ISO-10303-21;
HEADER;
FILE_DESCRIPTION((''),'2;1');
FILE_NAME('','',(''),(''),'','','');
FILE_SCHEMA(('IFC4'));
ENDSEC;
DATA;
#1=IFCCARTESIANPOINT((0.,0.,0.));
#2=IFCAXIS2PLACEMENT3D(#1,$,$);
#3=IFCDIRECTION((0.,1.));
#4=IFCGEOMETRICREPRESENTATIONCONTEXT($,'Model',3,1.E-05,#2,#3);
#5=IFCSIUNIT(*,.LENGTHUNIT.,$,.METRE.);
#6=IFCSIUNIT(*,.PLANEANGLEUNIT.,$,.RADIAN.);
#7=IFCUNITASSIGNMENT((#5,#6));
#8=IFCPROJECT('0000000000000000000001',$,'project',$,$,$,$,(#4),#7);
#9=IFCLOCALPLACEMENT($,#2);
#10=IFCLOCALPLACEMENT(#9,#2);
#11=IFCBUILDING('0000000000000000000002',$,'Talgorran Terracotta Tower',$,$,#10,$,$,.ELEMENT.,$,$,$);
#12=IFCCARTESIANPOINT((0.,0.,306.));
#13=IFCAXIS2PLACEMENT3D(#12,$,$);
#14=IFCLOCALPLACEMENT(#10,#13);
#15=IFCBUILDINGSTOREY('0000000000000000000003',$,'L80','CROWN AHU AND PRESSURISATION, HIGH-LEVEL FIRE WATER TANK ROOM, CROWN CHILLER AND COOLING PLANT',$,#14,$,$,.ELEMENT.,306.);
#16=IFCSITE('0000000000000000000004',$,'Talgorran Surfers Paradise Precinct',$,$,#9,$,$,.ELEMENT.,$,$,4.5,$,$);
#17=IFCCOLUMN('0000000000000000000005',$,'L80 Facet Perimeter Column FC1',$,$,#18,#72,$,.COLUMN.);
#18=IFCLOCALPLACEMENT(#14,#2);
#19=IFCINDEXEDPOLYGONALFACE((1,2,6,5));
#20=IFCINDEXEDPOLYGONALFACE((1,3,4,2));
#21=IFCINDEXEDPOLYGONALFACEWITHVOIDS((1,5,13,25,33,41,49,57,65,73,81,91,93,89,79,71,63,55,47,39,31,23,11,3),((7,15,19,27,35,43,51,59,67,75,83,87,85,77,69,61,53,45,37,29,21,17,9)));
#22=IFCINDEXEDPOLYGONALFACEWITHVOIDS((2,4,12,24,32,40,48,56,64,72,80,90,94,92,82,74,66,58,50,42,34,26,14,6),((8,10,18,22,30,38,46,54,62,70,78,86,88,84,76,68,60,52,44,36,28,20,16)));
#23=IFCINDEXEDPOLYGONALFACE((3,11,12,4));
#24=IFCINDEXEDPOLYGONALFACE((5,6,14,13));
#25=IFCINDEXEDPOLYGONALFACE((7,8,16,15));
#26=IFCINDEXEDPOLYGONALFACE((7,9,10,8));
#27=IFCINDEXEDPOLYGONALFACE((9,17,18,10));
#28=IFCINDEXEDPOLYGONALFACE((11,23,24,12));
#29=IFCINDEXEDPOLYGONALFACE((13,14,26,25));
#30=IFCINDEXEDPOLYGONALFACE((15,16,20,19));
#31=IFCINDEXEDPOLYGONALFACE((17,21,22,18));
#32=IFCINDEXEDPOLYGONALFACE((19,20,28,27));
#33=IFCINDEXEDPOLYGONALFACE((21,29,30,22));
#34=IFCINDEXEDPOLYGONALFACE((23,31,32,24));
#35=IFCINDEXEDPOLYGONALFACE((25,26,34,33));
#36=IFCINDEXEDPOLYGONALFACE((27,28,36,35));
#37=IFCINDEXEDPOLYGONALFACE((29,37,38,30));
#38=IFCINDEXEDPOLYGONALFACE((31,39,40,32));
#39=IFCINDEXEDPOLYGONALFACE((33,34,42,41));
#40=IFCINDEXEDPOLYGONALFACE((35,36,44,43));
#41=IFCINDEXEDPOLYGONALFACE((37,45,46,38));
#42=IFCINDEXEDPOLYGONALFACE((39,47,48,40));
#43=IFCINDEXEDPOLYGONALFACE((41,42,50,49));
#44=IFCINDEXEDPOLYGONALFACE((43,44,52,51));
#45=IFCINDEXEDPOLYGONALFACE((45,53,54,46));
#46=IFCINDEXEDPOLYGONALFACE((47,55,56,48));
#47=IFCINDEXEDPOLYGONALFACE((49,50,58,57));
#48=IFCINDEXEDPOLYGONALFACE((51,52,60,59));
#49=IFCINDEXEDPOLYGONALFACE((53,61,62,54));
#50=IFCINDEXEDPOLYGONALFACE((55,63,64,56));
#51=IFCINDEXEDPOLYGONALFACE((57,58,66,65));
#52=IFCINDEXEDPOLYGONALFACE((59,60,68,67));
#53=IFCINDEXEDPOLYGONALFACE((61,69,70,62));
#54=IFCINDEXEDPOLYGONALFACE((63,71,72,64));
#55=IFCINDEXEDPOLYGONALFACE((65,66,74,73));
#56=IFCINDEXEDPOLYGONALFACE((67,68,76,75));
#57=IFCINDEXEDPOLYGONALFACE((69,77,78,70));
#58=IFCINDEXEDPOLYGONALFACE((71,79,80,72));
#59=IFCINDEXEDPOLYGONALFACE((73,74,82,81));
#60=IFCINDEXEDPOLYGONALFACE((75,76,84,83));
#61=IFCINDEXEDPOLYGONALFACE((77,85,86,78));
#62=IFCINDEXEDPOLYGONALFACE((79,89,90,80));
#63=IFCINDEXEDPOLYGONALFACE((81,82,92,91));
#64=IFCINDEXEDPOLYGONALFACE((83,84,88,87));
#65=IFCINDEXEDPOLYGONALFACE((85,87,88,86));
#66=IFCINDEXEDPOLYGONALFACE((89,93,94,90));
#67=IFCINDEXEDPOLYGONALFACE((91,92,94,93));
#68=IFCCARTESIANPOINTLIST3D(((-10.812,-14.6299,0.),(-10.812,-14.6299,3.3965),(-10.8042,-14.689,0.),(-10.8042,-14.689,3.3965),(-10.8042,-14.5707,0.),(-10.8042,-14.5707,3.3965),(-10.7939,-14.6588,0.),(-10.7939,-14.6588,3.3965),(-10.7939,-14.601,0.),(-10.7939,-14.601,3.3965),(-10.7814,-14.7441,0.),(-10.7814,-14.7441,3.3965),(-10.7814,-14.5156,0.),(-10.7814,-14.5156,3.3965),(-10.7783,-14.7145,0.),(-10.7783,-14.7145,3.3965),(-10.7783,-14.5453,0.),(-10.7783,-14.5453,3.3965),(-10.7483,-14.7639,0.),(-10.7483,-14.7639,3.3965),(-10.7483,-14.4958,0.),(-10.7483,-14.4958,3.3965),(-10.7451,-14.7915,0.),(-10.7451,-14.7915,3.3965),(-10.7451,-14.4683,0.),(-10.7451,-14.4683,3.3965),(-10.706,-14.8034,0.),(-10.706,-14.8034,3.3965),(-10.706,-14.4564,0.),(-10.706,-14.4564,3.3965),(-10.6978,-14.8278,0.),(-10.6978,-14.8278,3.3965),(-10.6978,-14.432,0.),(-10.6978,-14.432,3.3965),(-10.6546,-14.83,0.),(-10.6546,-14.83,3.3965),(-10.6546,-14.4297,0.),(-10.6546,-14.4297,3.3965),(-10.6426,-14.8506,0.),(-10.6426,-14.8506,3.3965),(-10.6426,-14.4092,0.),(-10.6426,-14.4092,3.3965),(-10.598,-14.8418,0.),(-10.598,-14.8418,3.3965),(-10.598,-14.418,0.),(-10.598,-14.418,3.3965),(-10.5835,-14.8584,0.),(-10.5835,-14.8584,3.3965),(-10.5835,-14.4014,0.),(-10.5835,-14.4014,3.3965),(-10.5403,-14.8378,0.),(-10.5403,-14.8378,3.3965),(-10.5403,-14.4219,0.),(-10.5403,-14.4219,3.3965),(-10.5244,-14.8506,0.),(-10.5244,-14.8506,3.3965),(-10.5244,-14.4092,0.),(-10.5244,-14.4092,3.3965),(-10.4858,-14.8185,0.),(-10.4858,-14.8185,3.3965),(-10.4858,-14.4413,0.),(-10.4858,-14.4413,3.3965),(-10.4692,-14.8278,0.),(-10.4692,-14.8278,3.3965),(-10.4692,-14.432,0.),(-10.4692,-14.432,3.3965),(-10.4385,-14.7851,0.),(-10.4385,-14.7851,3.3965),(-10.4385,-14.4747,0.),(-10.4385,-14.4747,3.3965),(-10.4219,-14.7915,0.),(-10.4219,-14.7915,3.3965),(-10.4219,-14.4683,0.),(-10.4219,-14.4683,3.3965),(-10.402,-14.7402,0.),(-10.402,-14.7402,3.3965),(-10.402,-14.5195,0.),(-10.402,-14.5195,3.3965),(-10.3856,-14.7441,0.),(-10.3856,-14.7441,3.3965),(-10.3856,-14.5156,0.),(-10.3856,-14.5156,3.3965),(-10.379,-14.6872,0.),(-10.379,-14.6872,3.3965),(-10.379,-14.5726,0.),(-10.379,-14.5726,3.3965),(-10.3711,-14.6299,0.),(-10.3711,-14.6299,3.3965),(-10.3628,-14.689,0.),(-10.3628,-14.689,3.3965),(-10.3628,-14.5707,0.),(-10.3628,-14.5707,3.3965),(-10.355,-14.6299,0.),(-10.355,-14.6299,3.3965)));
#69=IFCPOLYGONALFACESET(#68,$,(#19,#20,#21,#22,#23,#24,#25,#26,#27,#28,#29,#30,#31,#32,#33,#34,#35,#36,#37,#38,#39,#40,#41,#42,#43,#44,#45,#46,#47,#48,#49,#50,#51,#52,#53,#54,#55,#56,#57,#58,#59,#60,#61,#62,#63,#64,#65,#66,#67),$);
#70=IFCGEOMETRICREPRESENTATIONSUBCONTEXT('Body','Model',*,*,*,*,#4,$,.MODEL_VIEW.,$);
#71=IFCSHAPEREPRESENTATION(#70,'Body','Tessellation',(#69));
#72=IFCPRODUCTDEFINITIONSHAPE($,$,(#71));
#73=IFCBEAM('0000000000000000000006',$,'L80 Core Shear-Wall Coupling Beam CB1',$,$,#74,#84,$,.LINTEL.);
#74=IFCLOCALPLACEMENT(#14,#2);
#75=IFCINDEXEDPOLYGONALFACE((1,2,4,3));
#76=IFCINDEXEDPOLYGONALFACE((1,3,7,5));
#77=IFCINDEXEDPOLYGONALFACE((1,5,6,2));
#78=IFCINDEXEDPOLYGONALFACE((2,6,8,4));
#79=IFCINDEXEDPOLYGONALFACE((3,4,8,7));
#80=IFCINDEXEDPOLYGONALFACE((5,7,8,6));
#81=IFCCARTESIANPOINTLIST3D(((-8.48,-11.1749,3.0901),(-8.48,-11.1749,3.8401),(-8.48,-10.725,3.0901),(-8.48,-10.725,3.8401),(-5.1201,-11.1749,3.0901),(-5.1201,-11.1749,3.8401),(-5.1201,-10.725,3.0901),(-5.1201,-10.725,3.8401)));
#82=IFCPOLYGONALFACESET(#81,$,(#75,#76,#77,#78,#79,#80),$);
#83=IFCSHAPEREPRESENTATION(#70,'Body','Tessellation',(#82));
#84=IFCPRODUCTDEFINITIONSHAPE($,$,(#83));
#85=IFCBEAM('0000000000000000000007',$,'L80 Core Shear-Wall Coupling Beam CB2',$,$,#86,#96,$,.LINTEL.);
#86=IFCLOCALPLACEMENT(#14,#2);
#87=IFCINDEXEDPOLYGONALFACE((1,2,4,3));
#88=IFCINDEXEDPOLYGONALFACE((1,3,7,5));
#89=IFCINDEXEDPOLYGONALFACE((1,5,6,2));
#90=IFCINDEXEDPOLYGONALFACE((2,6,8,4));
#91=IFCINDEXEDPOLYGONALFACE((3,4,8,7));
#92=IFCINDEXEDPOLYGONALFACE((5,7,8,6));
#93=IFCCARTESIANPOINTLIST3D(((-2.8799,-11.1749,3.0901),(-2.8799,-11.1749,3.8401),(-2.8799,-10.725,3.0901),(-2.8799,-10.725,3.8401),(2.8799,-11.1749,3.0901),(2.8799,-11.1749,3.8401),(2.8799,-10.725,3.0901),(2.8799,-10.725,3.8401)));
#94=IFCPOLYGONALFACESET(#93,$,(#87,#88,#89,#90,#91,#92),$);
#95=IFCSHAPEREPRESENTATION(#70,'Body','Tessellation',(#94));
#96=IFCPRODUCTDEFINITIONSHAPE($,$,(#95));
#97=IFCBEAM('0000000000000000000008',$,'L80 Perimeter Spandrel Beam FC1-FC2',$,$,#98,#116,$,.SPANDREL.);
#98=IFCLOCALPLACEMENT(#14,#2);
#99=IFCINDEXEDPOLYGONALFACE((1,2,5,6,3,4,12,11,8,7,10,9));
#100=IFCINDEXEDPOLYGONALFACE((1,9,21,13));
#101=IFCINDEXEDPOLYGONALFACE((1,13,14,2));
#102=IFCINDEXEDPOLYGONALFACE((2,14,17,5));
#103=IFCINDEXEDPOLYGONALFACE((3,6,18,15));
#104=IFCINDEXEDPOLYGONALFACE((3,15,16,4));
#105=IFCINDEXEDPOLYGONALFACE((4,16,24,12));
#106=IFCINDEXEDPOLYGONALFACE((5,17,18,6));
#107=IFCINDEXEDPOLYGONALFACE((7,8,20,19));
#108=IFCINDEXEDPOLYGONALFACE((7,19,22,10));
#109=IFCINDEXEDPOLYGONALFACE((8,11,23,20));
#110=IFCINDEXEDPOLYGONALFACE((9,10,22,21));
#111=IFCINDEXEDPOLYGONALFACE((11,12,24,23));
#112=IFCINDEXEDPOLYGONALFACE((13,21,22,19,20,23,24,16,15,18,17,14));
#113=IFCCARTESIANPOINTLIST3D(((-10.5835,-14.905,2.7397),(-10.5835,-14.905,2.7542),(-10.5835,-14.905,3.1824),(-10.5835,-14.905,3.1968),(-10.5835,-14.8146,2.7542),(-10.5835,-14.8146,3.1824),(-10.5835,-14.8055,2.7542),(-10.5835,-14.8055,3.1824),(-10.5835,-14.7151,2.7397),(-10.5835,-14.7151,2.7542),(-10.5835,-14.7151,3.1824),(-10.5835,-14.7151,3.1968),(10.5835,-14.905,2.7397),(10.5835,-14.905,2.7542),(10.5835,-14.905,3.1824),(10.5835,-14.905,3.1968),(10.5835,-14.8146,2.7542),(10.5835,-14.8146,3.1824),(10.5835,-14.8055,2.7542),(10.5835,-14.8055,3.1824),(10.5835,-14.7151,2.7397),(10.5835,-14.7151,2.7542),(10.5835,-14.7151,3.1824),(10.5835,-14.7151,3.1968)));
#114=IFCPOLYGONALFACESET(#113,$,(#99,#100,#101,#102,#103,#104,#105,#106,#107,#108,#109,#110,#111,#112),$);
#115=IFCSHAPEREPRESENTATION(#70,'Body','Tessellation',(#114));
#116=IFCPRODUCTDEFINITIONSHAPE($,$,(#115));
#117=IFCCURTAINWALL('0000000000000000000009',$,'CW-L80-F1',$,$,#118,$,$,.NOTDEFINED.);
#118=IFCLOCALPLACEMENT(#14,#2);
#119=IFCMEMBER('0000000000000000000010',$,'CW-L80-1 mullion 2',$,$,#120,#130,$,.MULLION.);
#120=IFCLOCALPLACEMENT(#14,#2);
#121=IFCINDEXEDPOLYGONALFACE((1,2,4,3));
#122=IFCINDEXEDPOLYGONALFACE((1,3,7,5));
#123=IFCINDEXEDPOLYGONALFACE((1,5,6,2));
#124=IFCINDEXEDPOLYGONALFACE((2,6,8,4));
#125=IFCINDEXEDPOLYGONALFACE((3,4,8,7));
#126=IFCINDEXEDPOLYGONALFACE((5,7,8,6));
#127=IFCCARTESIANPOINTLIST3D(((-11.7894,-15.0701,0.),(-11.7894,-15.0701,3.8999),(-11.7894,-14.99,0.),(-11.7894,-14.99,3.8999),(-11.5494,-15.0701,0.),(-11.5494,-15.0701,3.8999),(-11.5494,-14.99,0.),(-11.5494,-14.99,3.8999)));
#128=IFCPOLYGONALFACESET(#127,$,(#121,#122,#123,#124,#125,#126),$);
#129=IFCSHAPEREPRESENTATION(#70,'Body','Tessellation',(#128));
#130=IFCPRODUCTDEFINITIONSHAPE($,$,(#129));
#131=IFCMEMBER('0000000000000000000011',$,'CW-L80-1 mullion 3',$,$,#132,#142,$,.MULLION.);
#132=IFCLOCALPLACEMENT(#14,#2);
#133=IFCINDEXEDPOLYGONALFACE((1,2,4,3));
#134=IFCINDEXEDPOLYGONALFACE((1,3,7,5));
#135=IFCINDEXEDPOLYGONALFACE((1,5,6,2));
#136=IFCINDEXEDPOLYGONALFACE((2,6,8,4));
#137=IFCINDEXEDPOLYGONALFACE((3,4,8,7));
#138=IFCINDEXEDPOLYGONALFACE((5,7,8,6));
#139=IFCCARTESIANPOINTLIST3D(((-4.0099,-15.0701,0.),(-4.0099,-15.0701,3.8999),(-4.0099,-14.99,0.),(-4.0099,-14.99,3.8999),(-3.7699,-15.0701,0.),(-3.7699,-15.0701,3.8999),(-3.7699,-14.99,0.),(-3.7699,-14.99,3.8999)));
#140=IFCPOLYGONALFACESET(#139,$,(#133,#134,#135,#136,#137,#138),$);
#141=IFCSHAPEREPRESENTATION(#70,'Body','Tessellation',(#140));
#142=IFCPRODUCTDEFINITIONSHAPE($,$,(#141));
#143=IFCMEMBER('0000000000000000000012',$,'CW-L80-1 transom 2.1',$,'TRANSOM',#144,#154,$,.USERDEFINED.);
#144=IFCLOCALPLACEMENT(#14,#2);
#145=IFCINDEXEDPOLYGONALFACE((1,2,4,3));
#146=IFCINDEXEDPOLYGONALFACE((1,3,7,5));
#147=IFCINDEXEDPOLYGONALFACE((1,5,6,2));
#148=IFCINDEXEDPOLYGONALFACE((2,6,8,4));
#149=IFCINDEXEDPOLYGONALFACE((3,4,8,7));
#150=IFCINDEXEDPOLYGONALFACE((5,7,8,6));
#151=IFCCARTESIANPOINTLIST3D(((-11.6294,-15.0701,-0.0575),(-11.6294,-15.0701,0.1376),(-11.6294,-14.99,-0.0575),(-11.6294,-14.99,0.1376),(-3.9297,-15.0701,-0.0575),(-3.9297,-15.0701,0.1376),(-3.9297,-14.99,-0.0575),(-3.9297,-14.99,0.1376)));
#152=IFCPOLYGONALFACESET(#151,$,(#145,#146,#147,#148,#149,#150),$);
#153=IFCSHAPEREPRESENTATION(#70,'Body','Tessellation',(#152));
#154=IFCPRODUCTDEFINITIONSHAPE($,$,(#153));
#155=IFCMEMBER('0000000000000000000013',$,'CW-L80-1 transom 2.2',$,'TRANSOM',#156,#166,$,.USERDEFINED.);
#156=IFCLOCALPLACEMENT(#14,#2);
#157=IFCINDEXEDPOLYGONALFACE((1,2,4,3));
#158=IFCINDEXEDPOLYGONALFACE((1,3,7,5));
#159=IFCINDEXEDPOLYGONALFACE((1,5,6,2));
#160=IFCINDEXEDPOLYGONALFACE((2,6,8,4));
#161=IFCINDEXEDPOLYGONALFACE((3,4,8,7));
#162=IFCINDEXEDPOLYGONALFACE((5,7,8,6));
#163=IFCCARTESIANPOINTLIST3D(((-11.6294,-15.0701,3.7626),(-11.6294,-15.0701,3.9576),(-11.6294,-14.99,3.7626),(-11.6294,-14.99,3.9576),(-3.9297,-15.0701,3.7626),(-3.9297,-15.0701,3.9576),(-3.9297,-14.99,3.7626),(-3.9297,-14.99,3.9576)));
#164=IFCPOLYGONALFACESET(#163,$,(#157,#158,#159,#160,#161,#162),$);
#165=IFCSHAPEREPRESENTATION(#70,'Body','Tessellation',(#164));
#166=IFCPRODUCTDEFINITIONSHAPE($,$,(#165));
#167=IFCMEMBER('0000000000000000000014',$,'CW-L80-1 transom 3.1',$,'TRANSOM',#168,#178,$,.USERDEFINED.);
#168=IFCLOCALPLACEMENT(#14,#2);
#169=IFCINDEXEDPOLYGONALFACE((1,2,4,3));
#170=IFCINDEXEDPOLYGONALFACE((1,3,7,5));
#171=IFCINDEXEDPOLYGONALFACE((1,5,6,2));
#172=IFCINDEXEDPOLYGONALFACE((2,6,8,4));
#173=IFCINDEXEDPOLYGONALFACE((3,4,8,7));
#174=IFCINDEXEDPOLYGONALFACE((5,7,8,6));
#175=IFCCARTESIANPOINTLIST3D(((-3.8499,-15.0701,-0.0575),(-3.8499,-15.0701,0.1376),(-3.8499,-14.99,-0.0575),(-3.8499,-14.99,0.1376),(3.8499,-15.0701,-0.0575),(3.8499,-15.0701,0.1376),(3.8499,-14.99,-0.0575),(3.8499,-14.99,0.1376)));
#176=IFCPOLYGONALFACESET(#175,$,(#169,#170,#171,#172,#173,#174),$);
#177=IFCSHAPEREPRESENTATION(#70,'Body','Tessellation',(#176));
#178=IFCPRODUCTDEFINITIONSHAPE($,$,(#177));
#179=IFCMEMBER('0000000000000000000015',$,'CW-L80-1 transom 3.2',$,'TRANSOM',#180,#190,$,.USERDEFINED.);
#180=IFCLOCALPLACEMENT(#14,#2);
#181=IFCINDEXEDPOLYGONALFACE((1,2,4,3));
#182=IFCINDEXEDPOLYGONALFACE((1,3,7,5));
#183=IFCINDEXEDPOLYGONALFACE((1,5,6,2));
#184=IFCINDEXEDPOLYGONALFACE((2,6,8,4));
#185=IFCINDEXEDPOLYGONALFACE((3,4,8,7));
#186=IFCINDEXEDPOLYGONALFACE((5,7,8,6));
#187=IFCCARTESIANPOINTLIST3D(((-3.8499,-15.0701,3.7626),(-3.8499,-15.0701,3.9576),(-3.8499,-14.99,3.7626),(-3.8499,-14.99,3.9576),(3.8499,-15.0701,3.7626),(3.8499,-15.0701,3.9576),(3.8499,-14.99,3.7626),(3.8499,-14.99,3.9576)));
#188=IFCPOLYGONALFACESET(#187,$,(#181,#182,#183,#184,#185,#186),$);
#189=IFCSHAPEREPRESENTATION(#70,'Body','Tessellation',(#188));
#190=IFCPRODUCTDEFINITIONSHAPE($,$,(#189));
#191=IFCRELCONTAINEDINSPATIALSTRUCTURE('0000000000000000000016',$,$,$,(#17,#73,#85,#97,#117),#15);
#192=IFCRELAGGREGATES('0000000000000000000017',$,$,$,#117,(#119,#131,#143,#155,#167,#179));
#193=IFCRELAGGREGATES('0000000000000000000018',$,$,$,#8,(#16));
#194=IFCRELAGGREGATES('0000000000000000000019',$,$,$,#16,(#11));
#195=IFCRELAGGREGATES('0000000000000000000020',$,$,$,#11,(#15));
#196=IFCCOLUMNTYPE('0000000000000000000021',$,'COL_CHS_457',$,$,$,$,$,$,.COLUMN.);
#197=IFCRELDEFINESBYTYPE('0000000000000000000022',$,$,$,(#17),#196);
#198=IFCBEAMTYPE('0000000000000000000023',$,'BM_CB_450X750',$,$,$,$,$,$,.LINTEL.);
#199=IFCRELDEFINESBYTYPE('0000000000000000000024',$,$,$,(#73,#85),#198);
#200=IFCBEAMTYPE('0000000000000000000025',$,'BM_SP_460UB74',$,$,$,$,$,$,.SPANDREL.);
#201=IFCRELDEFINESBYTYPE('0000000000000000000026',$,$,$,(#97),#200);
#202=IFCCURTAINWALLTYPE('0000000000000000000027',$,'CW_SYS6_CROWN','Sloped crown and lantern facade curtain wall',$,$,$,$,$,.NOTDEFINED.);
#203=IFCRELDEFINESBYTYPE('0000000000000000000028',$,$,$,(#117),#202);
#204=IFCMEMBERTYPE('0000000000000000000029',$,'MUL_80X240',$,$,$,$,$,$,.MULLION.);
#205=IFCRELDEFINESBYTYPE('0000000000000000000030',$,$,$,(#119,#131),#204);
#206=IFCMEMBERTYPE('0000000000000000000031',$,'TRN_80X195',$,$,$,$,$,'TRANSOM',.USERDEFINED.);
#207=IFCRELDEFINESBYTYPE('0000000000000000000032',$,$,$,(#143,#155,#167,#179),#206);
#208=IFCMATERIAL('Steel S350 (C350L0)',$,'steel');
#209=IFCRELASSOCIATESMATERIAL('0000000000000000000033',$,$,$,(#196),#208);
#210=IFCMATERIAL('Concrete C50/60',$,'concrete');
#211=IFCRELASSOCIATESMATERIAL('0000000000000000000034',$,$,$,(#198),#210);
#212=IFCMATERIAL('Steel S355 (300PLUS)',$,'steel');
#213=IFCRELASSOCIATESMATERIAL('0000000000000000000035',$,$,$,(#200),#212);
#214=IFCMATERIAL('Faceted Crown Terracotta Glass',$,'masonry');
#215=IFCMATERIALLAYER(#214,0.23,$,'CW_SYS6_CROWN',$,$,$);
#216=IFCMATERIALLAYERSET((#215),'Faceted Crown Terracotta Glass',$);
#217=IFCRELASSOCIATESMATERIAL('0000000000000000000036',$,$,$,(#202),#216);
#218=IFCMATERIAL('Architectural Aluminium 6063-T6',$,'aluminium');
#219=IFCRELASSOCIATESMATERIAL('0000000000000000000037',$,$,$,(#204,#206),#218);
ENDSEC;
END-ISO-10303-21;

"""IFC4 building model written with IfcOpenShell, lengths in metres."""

from ifc_helpers import new_model, si_unit, direction, frame, origin, origin_2d, place, context, subcontext, project, spatial, rectangle, hollow_circle, i_section, extrude, material, layer, layer_set, material_profile, profile_set, type_object, element, aggregate, save


model = new_model("IFC4")

# Units and contexts
model_context = context("Model", 3, precision=1e-05, world=origin(), true_north=direction((0.0, 1.0)))
body_context = subcontext(model_context, "Body", "Model", "MODEL_VIEW")
ifc_project = project(units=[si_unit("LENGTHUNIT", "METRE"), si_unit("PLANEANGLEUNIT", "RADIAN")], contexts=[model_context])

# Site, building, storey
site_placement = place(None, origin())
site = spatial("IfcSite", under=ifc_project, at=site_placement, Name="Talgorran Surfers Paradise Precinct", CompositionType="ELEMENT", RefElevation=4.5)
building_placement = place(site_placement, origin())
building = spatial("IfcBuilding", under=site, at=building_placement, Name="Talgorran Terracotta Tower", CompositionType="ELEMENT")
storey_placement = place(building_placement, frame((0.0, 0.0, 306.0)))
storey = spatial("IfcBuildingStorey", under=building, at=storey_placement, Name="L80", Description="CROWN AHU AND PRESSURISATION, HIGH-LEVEL FIRE WATER TANK ROOM, CROWN CHILLER AND COOLING PLANT", CompositionType="ELEMENT", Elevation=306.0)

# Column
ifc_material_1 = material(Name="Steel S350 (C350L0)", Category="steel")
ifc_material_profile_1 = material_profile(ifc_material_1, hollow_circle(Radius=0.2285, WallThickness=0.0161, at=origin_2d()), Name="CHS457X16")
ifc_profile_set_1 = profile_set([ifc_material_profile_1], Name="Steel S350 (C350L0)")
column_type = type_object("IfcColumnType", Name="COL_CHS_457", PredefinedType="COLUMN", material=ifc_profile_set_1)
column_placement = place(storey_placement, frame((-10.5835, -14.6299, 0.0), z_axis=(0.0, 0.0, 1.0), x_axis=(1.0, 0.0, 0.0)))
element("IfcColumn", 1, at=column_placement, inside=storey, type_object=column_type, Name="L80 Facet Perimeter Column FC1", PredefinedType="COLUMN", context=body_context, shape_type="SweptSolid", body=[
    extrude(hollow_circle(Radius=0.2285, WallThickness=0.0161, at=origin_2d()), origin(), (0.0, 0.0, 1.0), 3.3965),
])

# Beams
ifc_material_2 = material(Name="Concrete C50/60", Category="concrete")
ifc_material_profile_2 = material_profile(ifc_material_2, rectangle(XDim=0.45, YDim=0.75, at=origin_2d()), Name="RCCB450X750")
ifc_profile_set_2 = profile_set([ifc_material_profile_2], Name="Concrete C50/60")
beam_type_1 = type_object("IfcBeamType", Name="BM_CB_450X750", PredefinedType="LINTEL", material=ifc_profile_set_2)
beam_1_placement = place(storey_placement, frame((-8.48, -10.95, 3.4651), z_axis=(1.0, 0.0, 0.0), x_axis=(0.0, 1.0, 0.0)))
element("IfcBeam", 2, at=beam_1_placement, inside=storey, type_object=beam_type_1, Name="L80 Core Shear-Wall Coupling Beam CB1", PredefinedType="LINTEL", context=body_context, shape_type="SweptSolid", body=[
    extrude(rectangle(XDim=0.45, YDim=0.75, at=origin_2d()), origin(), (0.0, 0.0, 1.0), 3.3599),
])
beam_2_placement = place(storey_placement, frame((-2.8799, -10.95, 3.4651), z_axis=(1.0, 0.0, 0.0), x_axis=(0.0, 1.0, 0.0)))
element("IfcBeam", 3, at=beam_2_placement, inside=storey, type_object=beam_type_1, Name="L80 Core Shear-Wall Coupling Beam CB2", PredefinedType="LINTEL", context=body_context, shape_type="SweptSolid", body=[
    extrude(rectangle(XDim=0.45, YDim=0.75, at=origin_2d()), origin(), (0.0, 0.0, 1.0), 5.7598),
])
ifc_material_3 = material(Name="Steel S355 (300PLUS)", Category="steel")
ifc_material_profile_3 = material_profile(ifc_material_3, i_section(OverallWidth=0.1899, OverallDepth=0.457, WebThickness=0.009, FlangeThickness=0.0144, at=origin_2d()), Name="460UB74.6")
ifc_profile_set_3 = profile_set([ifc_material_profile_3], Name="Steel S355 (300PLUS)")
beam_type_2 = type_object("IfcBeamType", Name="BM_SP_460UB74", PredefinedType="SPANDREL", material=ifc_profile_set_3)
beam_3_placement = place(storey_placement, frame((-10.5835, -14.8101, 2.9683), z_axis=(1.0, 0.0, 0.0), x_axis=(0.0, 1.0, 0.0)))
element("IfcBeam", 4, at=beam_3_placement, inside=storey, type_object=beam_type_2, Name="L80 Perimeter Spandrel Beam FC1-FC2", PredefinedType="SPANDREL", context=body_context, shape_type="SweptSolid", body=[
    extrude(i_section(OverallWidth=0.1899, OverallDepth=0.457, WebThickness=0.009, FlangeThickness=0.0144, at=origin_2d()), origin(), (0.0, 0.0, 1.0), 21.167),
])

# Curtain wall, members
ifc_material_4 = material(Name="Faceted Crown Terracotta Glass", Category="masonry")
ifc_layer_1 = layer(ifc_material_4, 0.23, Name="CW_SYS6_CROWN")
ifc_layer_set_1 = layer_set([ifc_layer_1], Name="Faceted Crown Terracotta Glass")
curtain_wall_type = type_object("IfcCurtainWallType", Name="CW_SYS6_CROWN", Description="Sloped crown and lantern facade curtain wall", PredefinedType="NOTDEFINED", material=ifc_layer_set_1)
curtain_wall_placement = place(storey_placement, origin())
curtain_wall = element("IfcCurtainWall", 5, at=curtain_wall_placement, inside=storey, type_object=curtain_wall_type, Name="CW-L80-F1", PredefinedType="NOTDEFINED")
ifc_material_5 = material(Name="Architectural Aluminium 6063-T6", Category="aluminium")
ifc_material_profile_4 = material_profile(ifc_material_5, rectangle(XDim=0.0801, YDim=0.24, at=origin_2d()), Name="CWM80X240")
ifc_profile_set_4 = profile_set([ifc_material_profile_4], Name="Architectural Aluminium 6063-T6")
member_type_1 = type_object("IfcMemberType", Name="MUL_80X240", PredefinedType="MULLION", material=ifc_profile_set_4)
member_1_placement = place(storey_placement, frame((-11.6694, -15.03, 0.0), z_axis=(0.0, 0.0, 1.0), x_axis=(0.0, 1.0, 0.0)))
member_1 = element("IfcMember", 6, at=member_1_placement, type_object=member_type_1, Name="CW-L80-1 mullion 2", PredefinedType="MULLION", context=body_context, shape_type="SweptSolid", body=[
    extrude(rectangle(XDim=0.0801, YDim=0.24, at=origin_2d()), origin(), (0.0, 0.0, 1.0), 3.8999),
])
member_2_placement = place(storey_placement, frame((-3.8899, -15.03, 0.0), z_axis=(0.0, 0.0, 1.0), x_axis=(0.0, 1.0, 0.0)))
member_2 = element("IfcMember", 7, at=member_2_placement, type_object=member_type_1, Name="CW-L80-1 mullion 3", PredefinedType="MULLION", context=body_context, shape_type="SweptSolid", body=[
    extrude(rectangle(XDim=0.0801, YDim=0.24, at=origin_2d()), origin(), (0.0, 0.0, 1.0), 3.8999),
])
ifc_material_profile_5 = material_profile(ifc_material_5, rectangle(XDim=0.0801, YDim=0.1951, at=origin_2d()), Name="CWT80X195")
ifc_profile_set_5 = profile_set([ifc_material_profile_5], Name="Architectural Aluminium 6063-T6")
member_type_2 = type_object("IfcMemberType", Name="TRN_80X195", ElementType="TRANSOM", PredefinedType="USERDEFINED", material=ifc_profile_set_5)
member_3_placement = place(storey_placement, frame((-11.6294, -15.03, 0.04), z_axis=(1.0, 0.0, 0.0), x_axis=(0.0, 1.0, 0.0)))
member_3 = element("IfcMember", 8, at=member_3_placement, type_object=member_type_2, Name="CW-L80-1 transom 2.1", ObjectType="TRANSOM", PredefinedType="USERDEFINED", context=body_context, shape_type="SweptSolid", body=[
    extrude(rectangle(XDim=0.0801, YDim=0.1951, at=origin_2d()), origin(), (0.0, 0.0, 1.0), 7.6997),
])
member_4_placement = place(storey_placement, frame((-11.6294, -15.03, 3.8601), z_axis=(1.0, 0.0, 0.0), x_axis=(0.0, 1.0, 0.0)))
member_4 = element("IfcMember", 9, at=member_4_placement, type_object=member_type_2, Name="CW-L80-1 transom 2.2", ObjectType="TRANSOM", PredefinedType="USERDEFINED", context=body_context, shape_type="SweptSolid", body=[
    extrude(rectangle(XDim=0.0801, YDim=0.1951, at=origin_2d()), origin(), (0.0, 0.0, 1.0), 7.6997),
])
member_5_placement = place(storey_placement, frame((-3.8499, -15.03, 0.04), z_axis=(1.0, 0.0, 0.0), x_axis=(0.0, 1.0, 0.0)))
member_5 = element("IfcMember", 10, at=member_5_placement, type_object=member_type_2, Name="CW-L80-1 transom 3.1", ObjectType="TRANSOM", PredefinedType="USERDEFINED", context=body_context, shape_type="SweptSolid", body=[
    extrude(rectangle(XDim=0.0801, YDim=0.1951, at=origin_2d()), origin(), (0.0, 0.0, 1.0), 7.6997),
])
member_6_placement = place(storey_placement, frame((-3.8499, -15.03, 3.8601), z_axis=(1.0, 0.0, 0.0), x_axis=(0.0, 1.0, 0.0)))
member_6 = element("IfcMember", 11, at=member_6_placement, type_object=member_type_2, Name="CW-L80-1 transom 3.2", ObjectType="TRANSOM", PredefinedType="USERDEFINED", context=body_context, shape_type="SweptSolid", body=[
    extrude(rectangle(XDim=0.0801, YDim=0.1951, at=origin_2d()), origin(), (0.0, 0.0, 1.0), 7.6997),
])

aggregate(curtain_wall, [member_1, member_2, member_3, member_4, member_5, member_6])

save(model, "model.ifc")
